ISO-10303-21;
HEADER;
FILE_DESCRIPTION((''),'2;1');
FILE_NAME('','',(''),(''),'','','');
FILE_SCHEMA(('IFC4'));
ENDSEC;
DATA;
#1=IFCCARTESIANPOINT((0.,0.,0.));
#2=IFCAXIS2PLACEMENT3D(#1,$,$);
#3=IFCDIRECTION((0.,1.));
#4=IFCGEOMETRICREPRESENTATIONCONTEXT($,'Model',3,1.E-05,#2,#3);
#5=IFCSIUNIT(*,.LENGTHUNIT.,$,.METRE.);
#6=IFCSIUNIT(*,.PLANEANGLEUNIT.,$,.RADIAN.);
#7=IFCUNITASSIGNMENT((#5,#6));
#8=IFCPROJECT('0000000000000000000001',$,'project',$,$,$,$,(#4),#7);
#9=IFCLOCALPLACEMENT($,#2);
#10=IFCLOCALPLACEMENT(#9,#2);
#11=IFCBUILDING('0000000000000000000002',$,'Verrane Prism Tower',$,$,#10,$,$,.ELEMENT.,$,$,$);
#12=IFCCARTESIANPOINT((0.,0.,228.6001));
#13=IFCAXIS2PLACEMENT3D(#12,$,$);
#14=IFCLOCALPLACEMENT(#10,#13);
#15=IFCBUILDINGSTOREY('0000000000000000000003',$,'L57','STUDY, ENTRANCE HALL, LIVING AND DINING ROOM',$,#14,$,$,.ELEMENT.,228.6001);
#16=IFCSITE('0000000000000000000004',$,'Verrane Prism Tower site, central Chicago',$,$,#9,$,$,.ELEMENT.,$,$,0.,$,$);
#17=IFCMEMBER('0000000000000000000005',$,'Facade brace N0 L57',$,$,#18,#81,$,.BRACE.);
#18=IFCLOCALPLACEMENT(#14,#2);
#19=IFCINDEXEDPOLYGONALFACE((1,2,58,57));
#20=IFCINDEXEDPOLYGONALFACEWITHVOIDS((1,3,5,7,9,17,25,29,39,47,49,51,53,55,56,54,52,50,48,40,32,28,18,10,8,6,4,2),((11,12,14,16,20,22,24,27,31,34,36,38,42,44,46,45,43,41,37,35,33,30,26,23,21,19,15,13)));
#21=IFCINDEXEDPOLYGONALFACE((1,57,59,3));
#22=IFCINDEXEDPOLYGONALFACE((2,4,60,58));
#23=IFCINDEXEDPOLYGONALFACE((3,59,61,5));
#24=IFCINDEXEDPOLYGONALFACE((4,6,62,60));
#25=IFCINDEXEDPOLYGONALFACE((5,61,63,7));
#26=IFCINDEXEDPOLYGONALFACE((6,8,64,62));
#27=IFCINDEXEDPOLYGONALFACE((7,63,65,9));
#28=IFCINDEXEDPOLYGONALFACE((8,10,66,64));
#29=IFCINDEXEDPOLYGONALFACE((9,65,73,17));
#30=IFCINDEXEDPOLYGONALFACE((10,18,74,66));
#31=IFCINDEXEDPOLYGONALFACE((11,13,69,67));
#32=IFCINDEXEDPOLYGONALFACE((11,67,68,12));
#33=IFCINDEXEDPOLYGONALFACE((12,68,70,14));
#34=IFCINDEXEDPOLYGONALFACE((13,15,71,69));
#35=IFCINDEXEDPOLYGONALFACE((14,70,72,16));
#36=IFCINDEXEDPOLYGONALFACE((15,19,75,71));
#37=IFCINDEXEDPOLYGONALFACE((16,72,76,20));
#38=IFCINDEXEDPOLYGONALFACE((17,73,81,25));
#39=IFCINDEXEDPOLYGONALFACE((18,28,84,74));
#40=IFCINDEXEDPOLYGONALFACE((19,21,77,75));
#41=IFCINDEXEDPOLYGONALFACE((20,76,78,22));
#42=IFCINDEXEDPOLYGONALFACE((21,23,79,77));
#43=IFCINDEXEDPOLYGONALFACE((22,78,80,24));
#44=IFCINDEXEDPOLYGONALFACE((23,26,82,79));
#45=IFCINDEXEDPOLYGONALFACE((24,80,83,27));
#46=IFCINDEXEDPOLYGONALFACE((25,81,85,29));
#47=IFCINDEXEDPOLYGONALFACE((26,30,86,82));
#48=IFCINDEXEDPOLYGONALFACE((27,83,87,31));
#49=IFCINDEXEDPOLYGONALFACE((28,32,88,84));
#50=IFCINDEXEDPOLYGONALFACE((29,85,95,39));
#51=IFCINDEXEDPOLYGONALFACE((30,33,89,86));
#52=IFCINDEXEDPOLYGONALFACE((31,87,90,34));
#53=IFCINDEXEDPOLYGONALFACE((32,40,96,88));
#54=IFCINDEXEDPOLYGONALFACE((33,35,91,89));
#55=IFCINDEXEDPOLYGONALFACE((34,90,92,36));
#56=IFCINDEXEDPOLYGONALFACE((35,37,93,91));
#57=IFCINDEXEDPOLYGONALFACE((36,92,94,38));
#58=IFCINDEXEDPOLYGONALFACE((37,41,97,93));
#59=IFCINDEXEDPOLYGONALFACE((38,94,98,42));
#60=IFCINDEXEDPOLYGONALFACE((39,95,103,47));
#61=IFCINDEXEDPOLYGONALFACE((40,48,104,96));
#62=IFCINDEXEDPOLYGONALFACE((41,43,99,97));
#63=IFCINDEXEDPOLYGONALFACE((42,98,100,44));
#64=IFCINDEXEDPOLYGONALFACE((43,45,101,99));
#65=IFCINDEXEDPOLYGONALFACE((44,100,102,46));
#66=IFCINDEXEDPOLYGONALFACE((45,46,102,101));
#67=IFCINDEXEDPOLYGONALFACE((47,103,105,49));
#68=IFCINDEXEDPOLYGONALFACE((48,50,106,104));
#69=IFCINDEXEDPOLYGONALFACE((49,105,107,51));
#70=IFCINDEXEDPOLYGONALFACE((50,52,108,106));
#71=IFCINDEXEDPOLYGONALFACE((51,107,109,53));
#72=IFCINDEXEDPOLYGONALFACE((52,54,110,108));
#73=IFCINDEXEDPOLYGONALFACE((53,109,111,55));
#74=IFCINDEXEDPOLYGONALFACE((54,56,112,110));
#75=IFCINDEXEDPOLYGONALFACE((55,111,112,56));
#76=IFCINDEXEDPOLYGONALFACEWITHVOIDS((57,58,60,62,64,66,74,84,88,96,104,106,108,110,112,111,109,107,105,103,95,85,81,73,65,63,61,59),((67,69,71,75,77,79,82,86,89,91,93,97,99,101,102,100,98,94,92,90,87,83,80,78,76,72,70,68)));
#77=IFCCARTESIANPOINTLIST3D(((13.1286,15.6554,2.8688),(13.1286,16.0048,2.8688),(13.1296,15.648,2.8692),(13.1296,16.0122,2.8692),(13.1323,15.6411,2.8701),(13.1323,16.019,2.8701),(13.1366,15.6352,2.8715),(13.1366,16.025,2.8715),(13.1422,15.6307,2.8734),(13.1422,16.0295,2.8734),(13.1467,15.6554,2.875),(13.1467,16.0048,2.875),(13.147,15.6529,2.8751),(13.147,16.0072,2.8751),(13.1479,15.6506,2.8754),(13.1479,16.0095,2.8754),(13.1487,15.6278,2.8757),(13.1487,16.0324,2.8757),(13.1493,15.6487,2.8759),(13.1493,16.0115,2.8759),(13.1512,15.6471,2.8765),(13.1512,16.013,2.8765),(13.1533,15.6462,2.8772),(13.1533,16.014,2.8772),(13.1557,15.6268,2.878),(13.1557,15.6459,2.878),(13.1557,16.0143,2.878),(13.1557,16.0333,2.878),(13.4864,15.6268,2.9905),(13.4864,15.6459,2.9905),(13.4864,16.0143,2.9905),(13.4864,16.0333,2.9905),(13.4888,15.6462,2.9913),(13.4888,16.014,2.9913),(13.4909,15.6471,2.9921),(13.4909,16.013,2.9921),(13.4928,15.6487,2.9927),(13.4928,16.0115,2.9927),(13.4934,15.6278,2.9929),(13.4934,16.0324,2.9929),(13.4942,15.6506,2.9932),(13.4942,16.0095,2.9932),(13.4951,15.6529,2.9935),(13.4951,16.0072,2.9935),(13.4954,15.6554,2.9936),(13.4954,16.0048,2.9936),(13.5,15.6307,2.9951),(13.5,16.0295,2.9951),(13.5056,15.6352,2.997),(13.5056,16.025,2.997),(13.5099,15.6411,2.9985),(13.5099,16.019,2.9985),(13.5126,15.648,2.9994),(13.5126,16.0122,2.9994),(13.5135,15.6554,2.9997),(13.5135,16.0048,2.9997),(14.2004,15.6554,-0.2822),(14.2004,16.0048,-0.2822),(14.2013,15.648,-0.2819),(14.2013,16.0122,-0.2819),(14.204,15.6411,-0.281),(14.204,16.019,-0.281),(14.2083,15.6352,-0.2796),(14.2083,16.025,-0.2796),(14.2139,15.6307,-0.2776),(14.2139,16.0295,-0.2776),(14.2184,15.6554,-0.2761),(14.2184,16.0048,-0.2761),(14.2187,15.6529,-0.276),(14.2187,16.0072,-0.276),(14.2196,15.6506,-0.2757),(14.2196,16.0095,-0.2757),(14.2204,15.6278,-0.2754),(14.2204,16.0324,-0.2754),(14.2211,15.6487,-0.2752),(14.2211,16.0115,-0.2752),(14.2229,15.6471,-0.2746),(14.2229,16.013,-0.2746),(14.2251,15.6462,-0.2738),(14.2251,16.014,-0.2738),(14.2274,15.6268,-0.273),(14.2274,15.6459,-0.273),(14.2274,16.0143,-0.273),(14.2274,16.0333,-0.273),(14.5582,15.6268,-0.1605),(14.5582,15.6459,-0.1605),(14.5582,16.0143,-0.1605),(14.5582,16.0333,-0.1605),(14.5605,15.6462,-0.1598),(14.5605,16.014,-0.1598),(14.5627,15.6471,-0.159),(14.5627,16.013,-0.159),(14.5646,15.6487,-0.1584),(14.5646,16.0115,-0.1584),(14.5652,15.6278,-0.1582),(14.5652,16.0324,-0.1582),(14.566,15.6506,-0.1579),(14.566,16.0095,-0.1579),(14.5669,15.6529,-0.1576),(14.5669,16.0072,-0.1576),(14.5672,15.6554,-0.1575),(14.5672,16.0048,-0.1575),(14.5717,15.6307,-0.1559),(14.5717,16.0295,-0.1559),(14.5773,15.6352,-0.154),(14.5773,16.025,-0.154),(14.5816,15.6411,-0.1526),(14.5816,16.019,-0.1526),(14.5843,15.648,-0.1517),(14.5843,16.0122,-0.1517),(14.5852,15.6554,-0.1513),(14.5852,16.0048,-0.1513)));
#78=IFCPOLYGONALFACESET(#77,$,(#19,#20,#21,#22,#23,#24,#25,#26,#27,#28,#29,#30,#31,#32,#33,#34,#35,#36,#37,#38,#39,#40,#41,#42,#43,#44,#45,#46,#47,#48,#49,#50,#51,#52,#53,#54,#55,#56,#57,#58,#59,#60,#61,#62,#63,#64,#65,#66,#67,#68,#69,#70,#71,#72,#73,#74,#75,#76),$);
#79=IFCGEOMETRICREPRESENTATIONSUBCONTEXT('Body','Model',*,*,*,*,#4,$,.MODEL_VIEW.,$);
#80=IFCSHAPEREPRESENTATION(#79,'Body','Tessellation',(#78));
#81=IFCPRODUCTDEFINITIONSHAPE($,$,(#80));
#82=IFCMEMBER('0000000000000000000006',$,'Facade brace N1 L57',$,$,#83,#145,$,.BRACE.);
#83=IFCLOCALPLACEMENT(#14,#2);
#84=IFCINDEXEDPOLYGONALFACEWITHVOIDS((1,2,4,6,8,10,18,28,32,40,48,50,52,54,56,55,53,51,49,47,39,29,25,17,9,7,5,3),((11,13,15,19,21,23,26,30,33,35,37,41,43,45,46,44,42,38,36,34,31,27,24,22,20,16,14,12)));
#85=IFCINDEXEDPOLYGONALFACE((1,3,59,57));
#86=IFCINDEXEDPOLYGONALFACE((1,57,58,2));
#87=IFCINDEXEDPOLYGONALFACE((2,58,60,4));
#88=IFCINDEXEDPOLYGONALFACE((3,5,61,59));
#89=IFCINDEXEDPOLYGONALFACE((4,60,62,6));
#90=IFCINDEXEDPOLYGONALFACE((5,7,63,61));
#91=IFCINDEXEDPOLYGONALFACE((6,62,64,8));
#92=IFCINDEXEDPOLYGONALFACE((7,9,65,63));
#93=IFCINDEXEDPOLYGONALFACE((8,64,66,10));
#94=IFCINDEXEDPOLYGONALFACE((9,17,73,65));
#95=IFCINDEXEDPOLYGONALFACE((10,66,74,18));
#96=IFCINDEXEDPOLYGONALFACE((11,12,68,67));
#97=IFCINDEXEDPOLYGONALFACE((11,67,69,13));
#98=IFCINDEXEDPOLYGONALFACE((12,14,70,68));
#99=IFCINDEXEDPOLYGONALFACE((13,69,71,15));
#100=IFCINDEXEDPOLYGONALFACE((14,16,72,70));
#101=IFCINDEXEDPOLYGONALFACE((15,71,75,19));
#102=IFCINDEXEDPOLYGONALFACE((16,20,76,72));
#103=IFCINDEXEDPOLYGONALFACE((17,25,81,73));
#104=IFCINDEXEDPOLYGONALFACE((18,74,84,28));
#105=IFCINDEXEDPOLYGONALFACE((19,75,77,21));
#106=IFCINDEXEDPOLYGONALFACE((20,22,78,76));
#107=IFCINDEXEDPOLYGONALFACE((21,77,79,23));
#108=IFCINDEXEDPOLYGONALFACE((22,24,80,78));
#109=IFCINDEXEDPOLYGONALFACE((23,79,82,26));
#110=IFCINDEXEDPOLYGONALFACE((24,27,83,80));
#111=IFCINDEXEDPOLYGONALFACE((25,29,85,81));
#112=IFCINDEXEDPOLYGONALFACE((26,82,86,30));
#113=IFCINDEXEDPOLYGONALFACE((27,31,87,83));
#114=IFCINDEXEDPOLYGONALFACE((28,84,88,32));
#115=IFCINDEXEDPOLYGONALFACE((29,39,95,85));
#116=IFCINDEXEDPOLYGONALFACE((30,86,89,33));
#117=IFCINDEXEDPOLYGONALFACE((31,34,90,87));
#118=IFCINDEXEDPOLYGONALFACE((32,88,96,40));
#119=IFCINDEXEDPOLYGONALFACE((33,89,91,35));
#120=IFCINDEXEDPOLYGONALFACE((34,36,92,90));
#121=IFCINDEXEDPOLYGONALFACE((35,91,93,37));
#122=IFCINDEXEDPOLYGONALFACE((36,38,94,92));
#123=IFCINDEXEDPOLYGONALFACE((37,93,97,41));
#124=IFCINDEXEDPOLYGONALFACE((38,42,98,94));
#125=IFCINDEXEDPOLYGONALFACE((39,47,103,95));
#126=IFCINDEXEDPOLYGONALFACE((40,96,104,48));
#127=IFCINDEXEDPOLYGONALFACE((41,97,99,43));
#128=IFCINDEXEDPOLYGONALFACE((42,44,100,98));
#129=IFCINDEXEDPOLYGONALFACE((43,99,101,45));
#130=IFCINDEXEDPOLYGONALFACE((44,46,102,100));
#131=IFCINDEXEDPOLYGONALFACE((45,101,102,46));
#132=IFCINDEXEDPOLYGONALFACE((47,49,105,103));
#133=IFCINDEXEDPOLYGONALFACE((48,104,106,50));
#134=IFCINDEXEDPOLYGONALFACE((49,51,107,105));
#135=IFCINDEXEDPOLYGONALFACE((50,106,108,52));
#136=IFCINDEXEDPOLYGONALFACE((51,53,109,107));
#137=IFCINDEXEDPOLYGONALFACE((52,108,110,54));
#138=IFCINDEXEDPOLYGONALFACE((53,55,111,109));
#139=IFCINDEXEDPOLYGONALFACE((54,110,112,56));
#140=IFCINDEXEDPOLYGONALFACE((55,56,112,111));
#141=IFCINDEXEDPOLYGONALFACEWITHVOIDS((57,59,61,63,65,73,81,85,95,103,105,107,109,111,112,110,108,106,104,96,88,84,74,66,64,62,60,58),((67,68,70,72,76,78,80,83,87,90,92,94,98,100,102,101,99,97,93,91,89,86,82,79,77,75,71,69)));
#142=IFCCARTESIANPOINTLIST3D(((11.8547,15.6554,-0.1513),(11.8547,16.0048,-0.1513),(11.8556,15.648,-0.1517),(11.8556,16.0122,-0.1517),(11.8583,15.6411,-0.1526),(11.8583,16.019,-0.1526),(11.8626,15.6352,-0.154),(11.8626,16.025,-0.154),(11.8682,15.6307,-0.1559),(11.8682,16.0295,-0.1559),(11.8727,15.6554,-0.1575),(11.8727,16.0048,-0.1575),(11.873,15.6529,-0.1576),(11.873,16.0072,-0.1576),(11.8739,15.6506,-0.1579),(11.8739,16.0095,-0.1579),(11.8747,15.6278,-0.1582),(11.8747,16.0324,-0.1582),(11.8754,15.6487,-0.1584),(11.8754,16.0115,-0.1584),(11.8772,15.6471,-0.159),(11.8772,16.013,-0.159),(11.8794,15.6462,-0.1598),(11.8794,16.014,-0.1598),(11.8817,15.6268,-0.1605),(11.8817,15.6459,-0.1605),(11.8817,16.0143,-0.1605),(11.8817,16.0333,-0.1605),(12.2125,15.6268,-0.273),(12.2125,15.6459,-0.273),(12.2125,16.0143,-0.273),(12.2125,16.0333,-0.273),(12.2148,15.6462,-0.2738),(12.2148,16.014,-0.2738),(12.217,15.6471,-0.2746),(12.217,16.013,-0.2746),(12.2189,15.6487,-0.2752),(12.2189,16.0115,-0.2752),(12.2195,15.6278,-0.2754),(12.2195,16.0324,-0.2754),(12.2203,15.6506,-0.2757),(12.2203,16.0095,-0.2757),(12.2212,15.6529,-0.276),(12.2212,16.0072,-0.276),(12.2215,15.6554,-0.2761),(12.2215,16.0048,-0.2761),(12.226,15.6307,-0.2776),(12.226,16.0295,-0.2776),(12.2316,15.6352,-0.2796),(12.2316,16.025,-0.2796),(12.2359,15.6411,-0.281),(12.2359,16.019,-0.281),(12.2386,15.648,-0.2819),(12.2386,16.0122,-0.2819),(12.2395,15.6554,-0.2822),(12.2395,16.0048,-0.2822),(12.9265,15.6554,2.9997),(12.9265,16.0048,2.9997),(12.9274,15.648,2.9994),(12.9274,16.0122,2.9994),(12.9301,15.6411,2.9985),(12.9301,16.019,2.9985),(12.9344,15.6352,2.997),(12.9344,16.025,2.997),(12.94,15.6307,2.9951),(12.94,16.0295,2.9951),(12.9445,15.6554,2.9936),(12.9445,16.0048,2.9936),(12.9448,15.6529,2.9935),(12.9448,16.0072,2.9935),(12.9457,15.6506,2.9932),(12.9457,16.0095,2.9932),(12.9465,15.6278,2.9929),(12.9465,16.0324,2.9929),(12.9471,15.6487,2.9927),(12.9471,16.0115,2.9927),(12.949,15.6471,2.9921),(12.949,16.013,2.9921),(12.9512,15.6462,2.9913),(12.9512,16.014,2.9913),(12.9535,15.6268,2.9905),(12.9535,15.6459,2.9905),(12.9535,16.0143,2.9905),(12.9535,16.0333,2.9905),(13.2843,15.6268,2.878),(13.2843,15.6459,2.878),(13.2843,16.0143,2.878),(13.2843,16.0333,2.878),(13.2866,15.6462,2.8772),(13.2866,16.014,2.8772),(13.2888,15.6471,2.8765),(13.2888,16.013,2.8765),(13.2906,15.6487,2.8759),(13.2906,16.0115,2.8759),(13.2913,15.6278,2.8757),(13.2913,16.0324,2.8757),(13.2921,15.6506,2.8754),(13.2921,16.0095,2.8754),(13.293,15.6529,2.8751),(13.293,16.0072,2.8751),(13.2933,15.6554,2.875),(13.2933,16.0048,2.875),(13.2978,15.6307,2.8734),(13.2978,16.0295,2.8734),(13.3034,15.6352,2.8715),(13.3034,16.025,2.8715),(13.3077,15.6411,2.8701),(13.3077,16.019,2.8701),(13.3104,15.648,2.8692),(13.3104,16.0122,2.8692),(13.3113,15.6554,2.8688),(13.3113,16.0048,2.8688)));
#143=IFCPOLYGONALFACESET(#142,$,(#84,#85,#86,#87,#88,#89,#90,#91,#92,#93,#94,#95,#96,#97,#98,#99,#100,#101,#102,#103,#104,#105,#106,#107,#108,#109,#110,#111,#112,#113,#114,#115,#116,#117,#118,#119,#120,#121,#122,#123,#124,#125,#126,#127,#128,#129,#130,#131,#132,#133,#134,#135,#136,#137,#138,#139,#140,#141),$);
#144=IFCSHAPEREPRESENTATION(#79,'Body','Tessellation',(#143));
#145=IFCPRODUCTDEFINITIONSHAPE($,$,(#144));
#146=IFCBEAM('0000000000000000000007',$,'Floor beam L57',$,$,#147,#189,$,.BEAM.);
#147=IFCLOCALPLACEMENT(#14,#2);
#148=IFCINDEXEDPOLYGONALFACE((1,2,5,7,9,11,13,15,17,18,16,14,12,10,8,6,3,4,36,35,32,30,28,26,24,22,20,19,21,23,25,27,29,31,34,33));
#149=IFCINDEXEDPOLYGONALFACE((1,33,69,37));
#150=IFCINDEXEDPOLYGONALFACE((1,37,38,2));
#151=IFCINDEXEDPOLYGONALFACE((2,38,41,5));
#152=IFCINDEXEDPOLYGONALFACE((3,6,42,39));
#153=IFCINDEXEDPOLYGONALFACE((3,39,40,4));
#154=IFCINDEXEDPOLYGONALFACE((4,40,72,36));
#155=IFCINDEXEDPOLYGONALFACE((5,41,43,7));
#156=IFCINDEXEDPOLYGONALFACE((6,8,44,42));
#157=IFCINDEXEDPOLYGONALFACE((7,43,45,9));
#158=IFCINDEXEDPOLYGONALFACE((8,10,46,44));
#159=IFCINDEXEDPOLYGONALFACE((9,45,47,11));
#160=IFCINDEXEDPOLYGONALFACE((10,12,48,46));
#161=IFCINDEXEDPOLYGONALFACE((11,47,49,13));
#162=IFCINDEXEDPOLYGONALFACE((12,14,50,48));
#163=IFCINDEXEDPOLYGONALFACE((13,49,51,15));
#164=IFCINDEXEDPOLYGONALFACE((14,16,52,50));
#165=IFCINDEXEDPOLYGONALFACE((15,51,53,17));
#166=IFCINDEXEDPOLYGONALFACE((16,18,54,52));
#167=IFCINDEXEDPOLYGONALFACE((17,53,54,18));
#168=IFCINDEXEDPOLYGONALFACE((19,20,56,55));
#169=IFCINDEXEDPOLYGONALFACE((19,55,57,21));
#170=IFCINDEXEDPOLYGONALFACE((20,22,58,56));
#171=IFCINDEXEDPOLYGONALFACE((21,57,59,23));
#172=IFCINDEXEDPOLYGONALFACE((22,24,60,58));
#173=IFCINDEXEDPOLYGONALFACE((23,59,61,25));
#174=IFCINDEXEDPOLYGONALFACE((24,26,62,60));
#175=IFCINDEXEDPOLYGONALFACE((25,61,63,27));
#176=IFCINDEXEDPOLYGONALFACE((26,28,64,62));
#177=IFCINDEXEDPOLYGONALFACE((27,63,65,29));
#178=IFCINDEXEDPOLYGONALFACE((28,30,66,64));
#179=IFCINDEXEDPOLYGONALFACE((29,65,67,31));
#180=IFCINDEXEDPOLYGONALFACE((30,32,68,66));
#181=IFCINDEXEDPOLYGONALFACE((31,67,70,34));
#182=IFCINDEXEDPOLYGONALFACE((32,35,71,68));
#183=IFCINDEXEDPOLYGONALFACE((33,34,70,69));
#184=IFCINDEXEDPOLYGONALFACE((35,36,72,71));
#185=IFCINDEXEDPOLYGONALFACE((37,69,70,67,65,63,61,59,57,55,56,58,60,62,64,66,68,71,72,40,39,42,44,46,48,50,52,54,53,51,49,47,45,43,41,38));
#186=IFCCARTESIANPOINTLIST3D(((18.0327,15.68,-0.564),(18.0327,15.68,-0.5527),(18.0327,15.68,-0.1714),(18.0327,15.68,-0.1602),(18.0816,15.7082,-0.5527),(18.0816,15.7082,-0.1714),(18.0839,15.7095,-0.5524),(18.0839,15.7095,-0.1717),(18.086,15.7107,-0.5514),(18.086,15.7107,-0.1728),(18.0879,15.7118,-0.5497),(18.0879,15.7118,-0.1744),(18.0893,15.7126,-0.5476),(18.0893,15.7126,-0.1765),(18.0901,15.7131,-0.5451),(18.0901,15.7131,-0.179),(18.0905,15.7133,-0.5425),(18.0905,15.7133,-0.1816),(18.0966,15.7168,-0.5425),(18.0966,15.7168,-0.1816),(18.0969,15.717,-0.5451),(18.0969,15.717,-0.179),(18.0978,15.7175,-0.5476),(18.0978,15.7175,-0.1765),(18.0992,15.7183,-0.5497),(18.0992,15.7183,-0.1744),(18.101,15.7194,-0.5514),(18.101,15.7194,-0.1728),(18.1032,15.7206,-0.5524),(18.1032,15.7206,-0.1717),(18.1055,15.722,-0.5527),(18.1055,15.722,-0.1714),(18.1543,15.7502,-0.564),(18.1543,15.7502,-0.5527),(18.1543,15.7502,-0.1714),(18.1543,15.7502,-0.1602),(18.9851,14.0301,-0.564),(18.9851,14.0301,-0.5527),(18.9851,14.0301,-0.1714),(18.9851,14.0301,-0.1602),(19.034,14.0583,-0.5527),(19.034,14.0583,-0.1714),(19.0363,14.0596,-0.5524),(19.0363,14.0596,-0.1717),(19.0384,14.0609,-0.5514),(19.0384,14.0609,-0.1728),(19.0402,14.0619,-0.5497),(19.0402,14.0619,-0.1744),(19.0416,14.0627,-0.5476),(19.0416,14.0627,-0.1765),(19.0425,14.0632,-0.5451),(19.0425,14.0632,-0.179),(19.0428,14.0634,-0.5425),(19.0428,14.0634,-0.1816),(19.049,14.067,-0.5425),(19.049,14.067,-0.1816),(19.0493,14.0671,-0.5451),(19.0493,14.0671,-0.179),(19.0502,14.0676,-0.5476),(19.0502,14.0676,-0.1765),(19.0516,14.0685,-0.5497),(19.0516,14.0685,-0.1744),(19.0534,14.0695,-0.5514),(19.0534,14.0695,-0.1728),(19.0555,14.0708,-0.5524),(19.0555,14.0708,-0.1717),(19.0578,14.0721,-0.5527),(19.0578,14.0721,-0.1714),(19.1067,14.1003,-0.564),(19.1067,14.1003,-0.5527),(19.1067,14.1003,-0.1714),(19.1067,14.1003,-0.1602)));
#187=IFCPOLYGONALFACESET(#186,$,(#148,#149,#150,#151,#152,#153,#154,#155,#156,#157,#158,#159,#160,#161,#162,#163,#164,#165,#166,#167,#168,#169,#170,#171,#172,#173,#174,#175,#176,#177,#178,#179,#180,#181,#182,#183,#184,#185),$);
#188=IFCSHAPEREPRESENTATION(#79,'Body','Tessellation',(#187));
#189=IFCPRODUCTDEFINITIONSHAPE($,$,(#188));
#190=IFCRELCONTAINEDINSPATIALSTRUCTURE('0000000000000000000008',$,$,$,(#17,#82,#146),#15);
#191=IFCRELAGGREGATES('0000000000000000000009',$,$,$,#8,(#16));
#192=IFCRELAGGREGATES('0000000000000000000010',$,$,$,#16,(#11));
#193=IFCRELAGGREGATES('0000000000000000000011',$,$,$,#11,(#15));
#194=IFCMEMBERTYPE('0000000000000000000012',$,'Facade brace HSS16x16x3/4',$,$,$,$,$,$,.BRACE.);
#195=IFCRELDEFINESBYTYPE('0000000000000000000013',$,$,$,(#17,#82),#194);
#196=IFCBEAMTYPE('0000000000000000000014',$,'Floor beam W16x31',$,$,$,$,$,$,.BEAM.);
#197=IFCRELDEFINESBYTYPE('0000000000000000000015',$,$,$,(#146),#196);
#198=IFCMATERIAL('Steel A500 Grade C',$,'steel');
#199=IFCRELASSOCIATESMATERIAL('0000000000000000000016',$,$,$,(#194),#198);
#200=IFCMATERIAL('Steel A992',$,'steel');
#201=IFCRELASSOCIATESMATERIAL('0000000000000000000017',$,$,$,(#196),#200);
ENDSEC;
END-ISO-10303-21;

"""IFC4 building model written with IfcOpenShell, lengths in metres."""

from ifc_helpers import new_model, si_unit, direction, frame, origin, origin_2d, place, context, subcontext, project, spatial, hollow_rectangle, i_section, extrude, material, material_profile, profile_set, type_object, element, save


model = new_model("IFC4")

# Units and contexts
model_context = context("Model", 3, precision=1e-05, world=origin(), true_north=direction((0.0, 1.0)))
body_context = subcontext(model_context, "Body", "Model", "MODEL_VIEW")
ifc_project = project(units=[si_unit("LENGTHUNIT", "METRE"), si_unit("PLANEANGLEUNIT", "RADIAN")], contexts=[model_context])

# Site, building, storey
site_placement = place(None, origin())
site = spatial("IfcSite", under=ifc_project, at=site_placement, Name="Verrane Prism Tower site, central Chicago", CompositionType="ELEMENT", RefElevation=0.0)
building_placement = place(site_placement, origin())
building = spatial("IfcBuilding", under=site, at=building_placement, Name="Verrane Prism Tower", CompositionType="ELEMENT")
storey_placement = place(building_placement, frame((0.0, 0.0, 228.6001)))
storey = spatial("IfcBuildingStorey", under=building, at=storey_placement, Name="L57", Description="STUDY, ENTRANCE HALL, LIVING AND DINING ROOM", CompositionType="ELEMENT", Elevation=228.6001)

# Members
ifc_material_1 = material(Name="Steel A500 Grade C", Category="steel")
ifc_material_profile_1 = material_profile(ifc_material_1, hollow_rectangle(XDim=0.4065, YDim=0.4065, WallThickness=0.019, InnerFilletRadius=0.0095, OuterFilletRadius=0.0286, at=origin_2d()), Name="HSS16x16x3/4")
ifc_profile_set_1 = profile_set([ifc_material_profile_1], Name="Steel A500 Grade C")
member_type_1 = type_object("IfcMemberType", Name="Facade brace HSS16x16x3/4", PredefinedType="BRACE", material=ifc_profile_set_1)
for number, where, z_axis, x_axis, name in (
    (1, (14.3928, 15.8301, -0.2168), (-0.322009, 0.0, 0.946737), (0.0, -1.0, 0.0), "Facade brace N0 L57"),
    (2, (12.0471, 15.8301, -0.2168), (0.322009, 0.0, 0.946737), (0.0, 1.0, 0.0), "Facade brace N1 L57"),
):
    element("IfcMember", number, at=place(storey_placement, frame(where, z_axis=z_axis, x_axis=x_axis)), inside=storey, type_object=member_type_1, Name=name, PredefinedType="BRACE", context=body_context, shape_type="SweptSolid", body=[
        extrude(hollow_rectangle(XDim=0.4065, YDim=0.4065, WallThickness=0.019, InnerFilletRadius=0.0095, OuterFilletRadius=0.0286, at=origin_2d()), origin(), (0.0, 0.0, 1.0), 3.3284),
    ])

# Beam
ifc_material_2 = material(Name="Steel A992", Category="steel")
ifc_material_profile_2 = material_profile(ifc_material_2, i_section(OverallWidth=0.1404, OverallDepth=0.4038, WebThickness=0.0071, FlangeThickness=0.0112, FilletRadius=0.0103, at=origin_2d()), Name="W16x31")
ifc_profile_set_2 = profile_set([ifc_material_profile_2], Name="Steel A992")
beam_type_1 = type_object("IfcBeamType", Name="Floor beam W16x31", PredefinedType="BEAM", material=ifc_profile_set_2)
beam_1_placement = place(storey_placement, frame((19.0459, 14.0652, -0.3621), z_axis=(-0.49993, 0.866066, 0.0), x_axis=(-0.866066, -0.49993, 0.0)))
element("IfcBeam", 3, at=beam_1_placement, inside=storey, type_object=beam_type_1, Name="Floor beam L57", PredefinedType="BEAM", context=body_context, shape_type="SweptSolid", body=[
    extrude(i_section(OverallWidth=0.1404, OverallDepth=0.4038, WebThickness=0.0071, FlangeThickness=0.0112, FilletRadius=0.0103, at=origin_2d()), origin(), (0.0, 0.0, 1.0), 1.905),
])

save(model, "model.ifc")
